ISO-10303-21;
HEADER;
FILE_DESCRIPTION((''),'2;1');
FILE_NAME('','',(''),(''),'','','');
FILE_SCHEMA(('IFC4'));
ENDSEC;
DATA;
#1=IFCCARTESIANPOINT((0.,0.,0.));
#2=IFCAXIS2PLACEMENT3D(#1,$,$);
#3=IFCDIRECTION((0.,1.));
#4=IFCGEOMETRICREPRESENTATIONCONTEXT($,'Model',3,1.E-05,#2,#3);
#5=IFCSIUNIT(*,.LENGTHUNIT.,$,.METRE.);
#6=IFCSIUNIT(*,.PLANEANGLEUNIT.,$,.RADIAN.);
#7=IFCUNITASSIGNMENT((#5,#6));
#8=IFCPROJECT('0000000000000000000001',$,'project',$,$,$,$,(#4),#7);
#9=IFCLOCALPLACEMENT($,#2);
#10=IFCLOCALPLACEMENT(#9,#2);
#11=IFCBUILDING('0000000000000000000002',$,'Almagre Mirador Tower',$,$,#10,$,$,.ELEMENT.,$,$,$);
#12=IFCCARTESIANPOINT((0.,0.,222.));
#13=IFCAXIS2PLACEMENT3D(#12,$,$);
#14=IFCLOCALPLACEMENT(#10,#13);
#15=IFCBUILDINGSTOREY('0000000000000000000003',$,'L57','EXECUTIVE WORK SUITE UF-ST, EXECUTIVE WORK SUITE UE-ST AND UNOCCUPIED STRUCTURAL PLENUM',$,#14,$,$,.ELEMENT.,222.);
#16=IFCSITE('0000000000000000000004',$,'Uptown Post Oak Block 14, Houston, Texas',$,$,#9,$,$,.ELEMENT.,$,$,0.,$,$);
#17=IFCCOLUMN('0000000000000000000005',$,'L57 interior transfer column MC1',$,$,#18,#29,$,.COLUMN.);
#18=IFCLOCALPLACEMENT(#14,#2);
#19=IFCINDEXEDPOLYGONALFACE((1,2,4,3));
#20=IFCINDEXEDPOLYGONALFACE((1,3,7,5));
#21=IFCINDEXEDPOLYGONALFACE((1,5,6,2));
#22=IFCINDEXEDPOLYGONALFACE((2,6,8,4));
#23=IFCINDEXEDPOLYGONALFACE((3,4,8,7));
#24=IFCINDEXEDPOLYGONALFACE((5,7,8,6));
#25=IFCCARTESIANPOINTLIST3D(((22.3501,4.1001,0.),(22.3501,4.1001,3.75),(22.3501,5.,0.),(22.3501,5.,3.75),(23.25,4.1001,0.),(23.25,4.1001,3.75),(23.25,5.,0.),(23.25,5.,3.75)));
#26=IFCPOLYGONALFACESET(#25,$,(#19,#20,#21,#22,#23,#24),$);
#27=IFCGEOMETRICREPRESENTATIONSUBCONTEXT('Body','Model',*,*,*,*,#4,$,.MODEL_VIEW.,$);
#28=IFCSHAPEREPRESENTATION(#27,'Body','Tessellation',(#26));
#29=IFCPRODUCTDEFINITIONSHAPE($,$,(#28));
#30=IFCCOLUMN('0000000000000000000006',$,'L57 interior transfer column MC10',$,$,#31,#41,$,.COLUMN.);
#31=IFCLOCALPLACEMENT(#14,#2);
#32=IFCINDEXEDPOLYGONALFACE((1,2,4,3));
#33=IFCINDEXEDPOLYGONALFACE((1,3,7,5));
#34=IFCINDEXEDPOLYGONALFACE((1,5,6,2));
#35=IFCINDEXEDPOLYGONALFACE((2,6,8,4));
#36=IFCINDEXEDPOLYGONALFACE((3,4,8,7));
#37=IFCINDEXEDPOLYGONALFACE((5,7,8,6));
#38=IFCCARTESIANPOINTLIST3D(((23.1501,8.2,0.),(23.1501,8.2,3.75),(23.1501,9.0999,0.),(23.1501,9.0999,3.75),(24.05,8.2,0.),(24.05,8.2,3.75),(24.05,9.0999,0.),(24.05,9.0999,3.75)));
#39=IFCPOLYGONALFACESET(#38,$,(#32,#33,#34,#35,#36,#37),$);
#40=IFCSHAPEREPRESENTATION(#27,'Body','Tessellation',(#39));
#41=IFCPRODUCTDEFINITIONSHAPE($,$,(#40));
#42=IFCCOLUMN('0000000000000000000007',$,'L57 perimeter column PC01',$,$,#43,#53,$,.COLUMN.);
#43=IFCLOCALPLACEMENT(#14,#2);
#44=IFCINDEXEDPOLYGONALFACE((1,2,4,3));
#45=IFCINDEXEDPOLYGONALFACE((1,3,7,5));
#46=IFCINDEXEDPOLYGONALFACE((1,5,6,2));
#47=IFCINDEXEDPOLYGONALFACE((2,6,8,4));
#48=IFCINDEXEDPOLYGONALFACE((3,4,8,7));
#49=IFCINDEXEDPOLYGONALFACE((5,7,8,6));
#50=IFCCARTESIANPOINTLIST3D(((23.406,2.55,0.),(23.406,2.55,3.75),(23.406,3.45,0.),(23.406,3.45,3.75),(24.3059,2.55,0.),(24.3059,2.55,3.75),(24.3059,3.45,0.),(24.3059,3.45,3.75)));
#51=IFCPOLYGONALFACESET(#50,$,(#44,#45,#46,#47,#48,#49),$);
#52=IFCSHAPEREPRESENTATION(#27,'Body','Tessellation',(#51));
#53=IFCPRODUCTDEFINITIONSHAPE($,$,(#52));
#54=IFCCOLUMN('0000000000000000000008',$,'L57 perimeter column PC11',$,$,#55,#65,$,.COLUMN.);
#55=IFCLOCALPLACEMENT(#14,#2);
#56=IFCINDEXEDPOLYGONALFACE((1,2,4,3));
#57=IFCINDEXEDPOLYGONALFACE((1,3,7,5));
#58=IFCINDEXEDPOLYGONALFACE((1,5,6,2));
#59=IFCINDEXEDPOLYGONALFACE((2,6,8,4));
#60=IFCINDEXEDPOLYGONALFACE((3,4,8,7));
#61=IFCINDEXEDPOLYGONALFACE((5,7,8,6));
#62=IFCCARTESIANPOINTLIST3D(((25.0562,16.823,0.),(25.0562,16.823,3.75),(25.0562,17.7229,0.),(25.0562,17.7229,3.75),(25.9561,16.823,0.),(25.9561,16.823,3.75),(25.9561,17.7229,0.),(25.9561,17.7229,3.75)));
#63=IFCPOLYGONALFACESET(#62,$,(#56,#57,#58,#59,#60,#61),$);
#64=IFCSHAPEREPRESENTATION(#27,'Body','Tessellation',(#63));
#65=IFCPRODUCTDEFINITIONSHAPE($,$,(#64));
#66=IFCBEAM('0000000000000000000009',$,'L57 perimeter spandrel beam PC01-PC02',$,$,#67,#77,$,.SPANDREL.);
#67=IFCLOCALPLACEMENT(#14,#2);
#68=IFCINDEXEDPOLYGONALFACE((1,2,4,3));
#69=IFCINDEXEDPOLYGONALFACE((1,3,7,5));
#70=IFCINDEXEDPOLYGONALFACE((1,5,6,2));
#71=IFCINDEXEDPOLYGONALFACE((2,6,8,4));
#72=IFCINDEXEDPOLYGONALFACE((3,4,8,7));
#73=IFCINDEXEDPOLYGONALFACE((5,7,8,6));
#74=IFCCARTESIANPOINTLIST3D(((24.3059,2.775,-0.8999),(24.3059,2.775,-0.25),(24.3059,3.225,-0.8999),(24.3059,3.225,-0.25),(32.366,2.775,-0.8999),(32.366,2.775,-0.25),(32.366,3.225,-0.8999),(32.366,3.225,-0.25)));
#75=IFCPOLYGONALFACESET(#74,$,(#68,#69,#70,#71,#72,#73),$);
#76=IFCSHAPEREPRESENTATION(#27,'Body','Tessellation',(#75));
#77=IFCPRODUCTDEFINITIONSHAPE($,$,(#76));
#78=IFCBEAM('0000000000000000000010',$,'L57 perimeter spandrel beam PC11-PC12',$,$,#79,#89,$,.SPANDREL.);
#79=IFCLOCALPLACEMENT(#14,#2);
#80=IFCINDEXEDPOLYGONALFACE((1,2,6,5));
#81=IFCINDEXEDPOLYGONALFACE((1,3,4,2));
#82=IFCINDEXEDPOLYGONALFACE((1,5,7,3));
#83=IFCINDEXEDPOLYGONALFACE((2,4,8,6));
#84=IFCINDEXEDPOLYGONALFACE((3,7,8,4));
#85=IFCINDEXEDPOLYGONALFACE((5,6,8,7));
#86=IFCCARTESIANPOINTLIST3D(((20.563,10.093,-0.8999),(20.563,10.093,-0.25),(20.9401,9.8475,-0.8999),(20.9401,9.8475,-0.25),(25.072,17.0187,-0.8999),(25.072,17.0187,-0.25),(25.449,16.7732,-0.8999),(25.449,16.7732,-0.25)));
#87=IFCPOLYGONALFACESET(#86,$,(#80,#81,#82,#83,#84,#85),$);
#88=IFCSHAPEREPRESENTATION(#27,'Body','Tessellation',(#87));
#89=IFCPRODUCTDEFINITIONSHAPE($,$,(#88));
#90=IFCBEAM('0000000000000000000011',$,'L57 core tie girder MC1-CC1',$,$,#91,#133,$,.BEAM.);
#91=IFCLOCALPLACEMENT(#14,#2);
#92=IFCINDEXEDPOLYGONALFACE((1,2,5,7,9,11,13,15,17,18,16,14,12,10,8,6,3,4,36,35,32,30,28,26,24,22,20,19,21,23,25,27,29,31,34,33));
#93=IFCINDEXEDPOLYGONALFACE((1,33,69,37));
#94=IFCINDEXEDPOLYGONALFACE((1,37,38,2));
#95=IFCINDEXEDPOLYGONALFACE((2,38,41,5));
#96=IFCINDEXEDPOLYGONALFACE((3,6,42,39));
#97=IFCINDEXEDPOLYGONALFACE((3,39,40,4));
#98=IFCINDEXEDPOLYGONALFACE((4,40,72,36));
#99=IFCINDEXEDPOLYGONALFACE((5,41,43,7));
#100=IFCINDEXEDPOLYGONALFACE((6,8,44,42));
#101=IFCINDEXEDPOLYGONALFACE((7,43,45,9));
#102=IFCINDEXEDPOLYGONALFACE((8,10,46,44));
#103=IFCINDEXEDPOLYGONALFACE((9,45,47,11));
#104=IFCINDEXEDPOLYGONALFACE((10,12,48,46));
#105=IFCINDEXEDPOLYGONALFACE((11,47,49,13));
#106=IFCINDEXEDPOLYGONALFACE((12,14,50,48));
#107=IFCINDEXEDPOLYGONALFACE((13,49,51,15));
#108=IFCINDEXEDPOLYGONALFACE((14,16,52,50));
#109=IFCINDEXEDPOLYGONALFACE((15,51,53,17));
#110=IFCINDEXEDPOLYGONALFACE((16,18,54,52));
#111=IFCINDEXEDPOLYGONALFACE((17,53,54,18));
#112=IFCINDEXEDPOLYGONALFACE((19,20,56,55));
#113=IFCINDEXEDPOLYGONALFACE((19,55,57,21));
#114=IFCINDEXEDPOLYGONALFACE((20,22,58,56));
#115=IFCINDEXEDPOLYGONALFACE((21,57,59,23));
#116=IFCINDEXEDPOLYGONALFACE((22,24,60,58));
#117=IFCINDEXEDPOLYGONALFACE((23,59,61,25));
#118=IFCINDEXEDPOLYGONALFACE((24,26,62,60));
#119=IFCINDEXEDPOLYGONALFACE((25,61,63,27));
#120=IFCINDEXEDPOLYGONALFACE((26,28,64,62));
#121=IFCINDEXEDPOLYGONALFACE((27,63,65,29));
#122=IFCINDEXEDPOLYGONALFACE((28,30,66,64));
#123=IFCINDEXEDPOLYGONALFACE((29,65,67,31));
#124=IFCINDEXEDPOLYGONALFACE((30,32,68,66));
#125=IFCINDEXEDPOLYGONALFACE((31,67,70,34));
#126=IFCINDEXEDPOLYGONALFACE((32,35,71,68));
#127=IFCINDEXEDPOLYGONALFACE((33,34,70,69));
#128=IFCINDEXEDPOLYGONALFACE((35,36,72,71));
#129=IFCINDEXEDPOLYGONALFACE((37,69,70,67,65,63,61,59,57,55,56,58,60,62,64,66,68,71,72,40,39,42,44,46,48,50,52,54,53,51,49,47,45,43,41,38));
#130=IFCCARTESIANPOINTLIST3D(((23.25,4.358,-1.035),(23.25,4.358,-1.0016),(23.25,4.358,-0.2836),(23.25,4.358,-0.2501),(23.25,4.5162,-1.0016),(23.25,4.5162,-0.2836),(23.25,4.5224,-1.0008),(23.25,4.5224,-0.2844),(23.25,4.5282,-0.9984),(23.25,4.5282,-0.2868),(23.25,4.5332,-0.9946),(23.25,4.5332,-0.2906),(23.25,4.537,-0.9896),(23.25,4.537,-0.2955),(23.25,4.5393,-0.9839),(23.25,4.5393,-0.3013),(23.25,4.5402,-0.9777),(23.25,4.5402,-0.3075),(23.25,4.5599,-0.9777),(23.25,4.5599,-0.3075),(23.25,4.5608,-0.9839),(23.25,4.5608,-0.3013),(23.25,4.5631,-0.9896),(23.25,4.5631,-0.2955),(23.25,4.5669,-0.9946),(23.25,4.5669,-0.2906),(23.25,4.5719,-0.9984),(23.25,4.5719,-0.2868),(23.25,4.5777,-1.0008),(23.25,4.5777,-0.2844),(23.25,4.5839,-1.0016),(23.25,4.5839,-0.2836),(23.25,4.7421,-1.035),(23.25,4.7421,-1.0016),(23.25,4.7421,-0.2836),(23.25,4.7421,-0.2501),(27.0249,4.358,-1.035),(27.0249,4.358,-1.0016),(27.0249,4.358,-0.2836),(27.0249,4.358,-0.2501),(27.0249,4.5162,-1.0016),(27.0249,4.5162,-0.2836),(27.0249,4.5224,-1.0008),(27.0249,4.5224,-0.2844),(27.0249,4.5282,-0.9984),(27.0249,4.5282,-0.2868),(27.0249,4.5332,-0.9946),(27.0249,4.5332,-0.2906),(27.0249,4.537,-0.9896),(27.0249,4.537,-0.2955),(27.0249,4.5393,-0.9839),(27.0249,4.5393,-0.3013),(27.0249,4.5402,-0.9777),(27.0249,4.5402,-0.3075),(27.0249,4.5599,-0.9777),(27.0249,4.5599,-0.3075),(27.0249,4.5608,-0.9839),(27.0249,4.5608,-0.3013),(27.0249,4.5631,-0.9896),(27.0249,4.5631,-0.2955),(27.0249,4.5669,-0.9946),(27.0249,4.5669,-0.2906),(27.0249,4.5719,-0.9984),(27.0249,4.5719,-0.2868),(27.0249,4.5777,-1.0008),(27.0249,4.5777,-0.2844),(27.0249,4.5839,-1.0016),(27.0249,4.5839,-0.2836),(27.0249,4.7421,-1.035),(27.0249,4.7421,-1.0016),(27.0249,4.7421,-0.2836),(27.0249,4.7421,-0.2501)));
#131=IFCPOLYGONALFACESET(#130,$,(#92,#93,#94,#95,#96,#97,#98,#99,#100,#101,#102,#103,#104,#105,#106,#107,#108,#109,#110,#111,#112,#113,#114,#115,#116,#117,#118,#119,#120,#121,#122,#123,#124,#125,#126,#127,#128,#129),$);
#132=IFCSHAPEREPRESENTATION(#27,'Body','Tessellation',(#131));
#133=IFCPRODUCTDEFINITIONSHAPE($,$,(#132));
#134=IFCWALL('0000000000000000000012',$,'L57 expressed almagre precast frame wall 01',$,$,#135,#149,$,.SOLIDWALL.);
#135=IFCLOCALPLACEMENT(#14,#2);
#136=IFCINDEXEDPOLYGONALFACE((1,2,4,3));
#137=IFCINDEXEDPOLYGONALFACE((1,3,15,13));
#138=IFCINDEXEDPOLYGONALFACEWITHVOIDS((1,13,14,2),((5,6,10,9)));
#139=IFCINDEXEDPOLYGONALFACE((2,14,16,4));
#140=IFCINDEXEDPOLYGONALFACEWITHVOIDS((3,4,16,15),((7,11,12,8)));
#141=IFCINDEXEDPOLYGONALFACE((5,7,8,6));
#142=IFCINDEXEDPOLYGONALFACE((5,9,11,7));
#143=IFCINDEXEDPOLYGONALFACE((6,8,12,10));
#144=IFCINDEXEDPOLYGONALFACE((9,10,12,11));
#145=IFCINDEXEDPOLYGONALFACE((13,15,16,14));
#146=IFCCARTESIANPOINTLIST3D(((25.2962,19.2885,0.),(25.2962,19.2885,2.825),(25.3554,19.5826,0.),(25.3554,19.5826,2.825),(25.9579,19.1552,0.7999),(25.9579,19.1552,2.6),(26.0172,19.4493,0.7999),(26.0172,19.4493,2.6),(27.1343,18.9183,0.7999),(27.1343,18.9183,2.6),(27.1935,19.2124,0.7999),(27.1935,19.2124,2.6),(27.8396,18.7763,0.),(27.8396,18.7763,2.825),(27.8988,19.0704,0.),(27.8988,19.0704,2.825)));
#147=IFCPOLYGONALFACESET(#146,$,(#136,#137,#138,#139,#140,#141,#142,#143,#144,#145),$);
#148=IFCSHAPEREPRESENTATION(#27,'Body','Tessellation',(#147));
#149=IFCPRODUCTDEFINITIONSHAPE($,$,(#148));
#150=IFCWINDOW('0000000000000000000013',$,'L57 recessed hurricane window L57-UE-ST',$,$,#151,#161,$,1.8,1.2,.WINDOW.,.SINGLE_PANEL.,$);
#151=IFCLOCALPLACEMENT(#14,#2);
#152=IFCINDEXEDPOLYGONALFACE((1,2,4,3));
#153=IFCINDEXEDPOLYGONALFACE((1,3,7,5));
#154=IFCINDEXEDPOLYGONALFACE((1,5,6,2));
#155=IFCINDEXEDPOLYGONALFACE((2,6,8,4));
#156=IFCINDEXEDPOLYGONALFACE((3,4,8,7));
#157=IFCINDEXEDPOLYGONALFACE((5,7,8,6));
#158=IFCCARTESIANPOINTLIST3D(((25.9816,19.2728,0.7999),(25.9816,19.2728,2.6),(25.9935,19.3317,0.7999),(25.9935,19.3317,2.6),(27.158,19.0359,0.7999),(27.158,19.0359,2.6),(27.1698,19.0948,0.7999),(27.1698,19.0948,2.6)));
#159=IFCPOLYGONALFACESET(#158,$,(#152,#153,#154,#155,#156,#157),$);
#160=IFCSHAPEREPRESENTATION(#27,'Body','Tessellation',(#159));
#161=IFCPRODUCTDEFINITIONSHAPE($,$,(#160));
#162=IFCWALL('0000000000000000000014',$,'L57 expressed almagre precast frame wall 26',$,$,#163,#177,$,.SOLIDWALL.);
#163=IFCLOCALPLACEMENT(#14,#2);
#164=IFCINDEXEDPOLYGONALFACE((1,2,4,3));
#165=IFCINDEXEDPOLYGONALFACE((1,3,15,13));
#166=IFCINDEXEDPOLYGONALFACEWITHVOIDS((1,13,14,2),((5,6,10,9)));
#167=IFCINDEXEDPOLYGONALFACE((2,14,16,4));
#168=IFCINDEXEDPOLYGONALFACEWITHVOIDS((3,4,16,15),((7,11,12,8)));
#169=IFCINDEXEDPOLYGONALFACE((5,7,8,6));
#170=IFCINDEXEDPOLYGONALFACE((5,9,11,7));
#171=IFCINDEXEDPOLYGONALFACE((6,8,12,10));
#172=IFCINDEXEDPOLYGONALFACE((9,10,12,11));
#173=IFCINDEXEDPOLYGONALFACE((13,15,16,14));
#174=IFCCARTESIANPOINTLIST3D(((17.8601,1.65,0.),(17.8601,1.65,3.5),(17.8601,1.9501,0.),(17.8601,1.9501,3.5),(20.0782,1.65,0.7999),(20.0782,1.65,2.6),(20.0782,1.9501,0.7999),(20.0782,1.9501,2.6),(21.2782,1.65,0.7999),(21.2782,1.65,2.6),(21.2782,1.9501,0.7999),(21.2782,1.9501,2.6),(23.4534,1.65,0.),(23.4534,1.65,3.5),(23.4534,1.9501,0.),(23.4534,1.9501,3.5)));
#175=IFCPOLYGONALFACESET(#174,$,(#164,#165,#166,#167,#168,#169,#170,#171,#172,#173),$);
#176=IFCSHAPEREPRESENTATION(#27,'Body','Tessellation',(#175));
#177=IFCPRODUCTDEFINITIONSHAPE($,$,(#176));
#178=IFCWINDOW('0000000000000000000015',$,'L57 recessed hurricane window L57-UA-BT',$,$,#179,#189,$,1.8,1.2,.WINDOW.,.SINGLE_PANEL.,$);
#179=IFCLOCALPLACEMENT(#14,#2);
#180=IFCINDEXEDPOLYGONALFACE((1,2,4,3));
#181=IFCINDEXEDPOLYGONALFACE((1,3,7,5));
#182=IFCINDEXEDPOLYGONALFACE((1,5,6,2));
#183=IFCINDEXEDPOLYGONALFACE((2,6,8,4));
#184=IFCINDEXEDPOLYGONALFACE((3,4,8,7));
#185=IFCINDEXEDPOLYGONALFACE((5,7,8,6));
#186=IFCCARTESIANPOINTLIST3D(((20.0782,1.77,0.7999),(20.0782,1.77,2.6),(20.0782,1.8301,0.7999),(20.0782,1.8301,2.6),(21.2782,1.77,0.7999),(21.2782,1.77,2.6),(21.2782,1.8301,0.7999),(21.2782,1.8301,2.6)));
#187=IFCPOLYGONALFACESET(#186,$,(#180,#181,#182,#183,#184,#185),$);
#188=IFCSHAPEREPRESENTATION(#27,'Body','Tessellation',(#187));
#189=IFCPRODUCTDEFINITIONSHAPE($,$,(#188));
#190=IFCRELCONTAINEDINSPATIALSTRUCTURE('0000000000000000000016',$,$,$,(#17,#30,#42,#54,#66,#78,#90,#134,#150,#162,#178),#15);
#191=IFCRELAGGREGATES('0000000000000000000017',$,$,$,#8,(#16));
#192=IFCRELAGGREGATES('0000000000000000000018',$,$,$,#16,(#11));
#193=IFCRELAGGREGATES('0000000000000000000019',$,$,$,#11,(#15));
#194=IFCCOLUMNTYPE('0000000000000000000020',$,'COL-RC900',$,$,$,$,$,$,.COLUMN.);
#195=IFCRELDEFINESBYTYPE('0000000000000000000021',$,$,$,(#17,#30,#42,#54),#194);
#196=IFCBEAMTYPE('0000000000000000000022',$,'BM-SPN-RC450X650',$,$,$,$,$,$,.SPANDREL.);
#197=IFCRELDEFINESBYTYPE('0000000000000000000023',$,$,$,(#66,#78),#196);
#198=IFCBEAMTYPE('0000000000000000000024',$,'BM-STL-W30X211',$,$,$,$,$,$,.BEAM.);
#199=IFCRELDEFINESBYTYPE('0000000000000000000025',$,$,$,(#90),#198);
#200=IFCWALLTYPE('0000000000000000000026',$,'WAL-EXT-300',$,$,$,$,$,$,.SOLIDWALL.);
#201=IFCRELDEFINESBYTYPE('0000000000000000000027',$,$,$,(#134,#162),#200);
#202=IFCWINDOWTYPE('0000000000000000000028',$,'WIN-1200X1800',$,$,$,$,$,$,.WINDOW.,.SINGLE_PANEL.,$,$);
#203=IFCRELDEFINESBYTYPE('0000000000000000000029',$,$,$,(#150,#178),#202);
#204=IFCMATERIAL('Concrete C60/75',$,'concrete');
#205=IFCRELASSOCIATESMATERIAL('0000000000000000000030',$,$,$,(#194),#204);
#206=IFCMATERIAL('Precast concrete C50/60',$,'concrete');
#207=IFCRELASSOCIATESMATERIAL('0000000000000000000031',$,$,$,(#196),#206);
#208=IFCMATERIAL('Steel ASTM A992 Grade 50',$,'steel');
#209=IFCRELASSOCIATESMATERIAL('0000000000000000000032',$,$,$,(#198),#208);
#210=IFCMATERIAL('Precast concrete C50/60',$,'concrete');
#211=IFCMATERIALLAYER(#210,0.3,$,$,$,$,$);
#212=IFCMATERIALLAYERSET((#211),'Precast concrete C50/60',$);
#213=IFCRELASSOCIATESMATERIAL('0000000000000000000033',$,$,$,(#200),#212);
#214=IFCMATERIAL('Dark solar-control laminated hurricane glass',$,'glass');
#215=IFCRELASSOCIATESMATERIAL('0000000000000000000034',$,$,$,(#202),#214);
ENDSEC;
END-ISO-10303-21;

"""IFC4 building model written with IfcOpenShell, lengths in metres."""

from ifc_helpers import new_model, si_unit, direction, frame, frame_2d, origin, origin_2d, place, context, subcontext, project, spatial, rectangle, i_section, extrude, material, layer, layer_set, material_profile, profile_set, type_object, element, fill, save


model = new_model("IFC4")

# Units and contexts
model_context = context("Model", 3, precision=1e-05, world=origin(), true_north=direction((0.0, 1.0)))
body_context = subcontext(model_context, "Body", "Model", "MODEL_VIEW")
ifc_project = project(units=[si_unit("LENGTHUNIT", "METRE"), si_unit("PLANEANGLEUNIT", "RADIAN")], contexts=[model_context])

# Site, building, storey
site_placement = place(None, origin())
site = spatial("IfcSite", under=ifc_project, at=site_placement, Name="Uptown Post Oak Block 14, Houston, Texas", CompositionType="ELEMENT", RefElevation=0.0)
building_placement = place(site_placement, origin())
building = spatial("IfcBuilding", under=site, at=building_placement, Name="Almagre Mirador Tower", CompositionType="ELEMENT")
storey_placement = place(building_placement, frame((0.0, 0.0, 222.0)))
storey = spatial("IfcBuildingStorey", under=building, at=storey_placement, Name="L57", Description="EXECUTIVE WORK SUITE UF-ST, EXECUTIVE WORK SUITE UE-ST AND UNOCCUPIED STRUCTURAL PLENUM", CompositionType="ELEMENT", Elevation=222.0)

# Columns
ifc_material_1 = material(Name="Concrete C60/75", Category="concrete")
ifc_material_profile_1 = material_profile(ifc_material_1, rectangle(XDim=0.8999, YDim=0.8999, at=origin_2d()), Name="RC900X900")
ifc_profile_set_1 = profile_set([ifc_material_profile_1], Name="Concrete C60/75")
column_type = type_object("IfcColumnType", Name="COL-RC900", PredefinedType="COLUMN", material=ifc_profile_set_1)
for number, where, z_axis, x_axis, name in (
    (1, (22.8, 4.55, 0.0), (0.0, 0.0, 1.0), (1.0, 0.0, 0.0), "L57 interior transfer column MC1"),
    (2, (23.6001, 8.6499, 0.0), (0.0, 0.0, 1.0), (1.0, 0.0, 0.0), "L57 interior transfer column MC10"),
    (3, (23.856, 3.0, 0.0), (0.0, 0.0, 1.0), (1.0, 0.0, 0.0), "L57 perimeter column PC01"),
    (4, (25.5061, 17.2729, 0.0), (0.0, 0.0, 1.0), (1.0, 0.0, 0.0), "L57 perimeter column PC11"),
):
    element("IfcColumn", number, at=place(storey_placement, frame(where, z_axis=z_axis, x_axis=x_axis)), inside=storey, type_object=column_type, Name=name, PredefinedType="COLUMN", context=body_context, shape_type="SweptSolid", body=[
        extrude(rectangle(XDim=0.8999, YDim=0.8999, at=origin_2d()), origin(), (0.0, 0.0, 1.0), 3.75),
    ])

# Beams
ifc_material_2 = material(Name="Precast concrete C50/60", Category="concrete")
ifc_material_profile_2 = material_profile(ifc_material_2, rectangle(XDim=0.45, YDim=0.6499, at=origin_2d()), Name="RC450X650")
ifc_profile_set_2 = profile_set([ifc_material_profile_2], Name="Precast concrete C50/60")
beam_type_1 = type_object("IfcBeamType", Name="BM-SPN-RC450X650", PredefinedType="SPANDREL", material=ifc_profile_set_2)
beam_1_placement = place(storey_placement, frame((24.3059, 3.0, -0.575), z_axis=(1.0, 0.0, 0.0), x_axis=(0.0, 1.0, 0.0)))
element("IfcBeam", 5, at=beam_1_placement, inside=storey, type_object=beam_type_1, Name="L57 perimeter spandrel beam PC01-PC02", PredefinedType="SPANDREL", context=body_context, shape_type="SweptSolid", body=[
    extrude(rectangle(XDim=0.45, YDim=0.6499, at=origin_2d()), origin(), (0.0, 0.0, 1.0), 8.0601),
])
beam_2_placement = place(storey_placement, frame((25.2605, 16.896, -0.575), z_axis=(-0.545607, -0.838041, 0.0), x_axis=(0.838041, -0.545607, 0.0)))
element("IfcBeam", 6, at=beam_2_placement, inside=storey, type_object=beam_type_1, Name="L57 perimeter spandrel beam PC11-PC12", PredefinedType="SPANDREL", context=body_context, shape_type="SweptSolid", body=[
    extrude(rectangle(XDim=0.45, YDim=0.6499, at=origin_2d()), origin(), (0.0, 0.0, 1.0), 8.2642),
])
ifc_material_3 = material(Name="Steel ASTM A992 Grade 50", Category="steel")
ifc_material_profile_3 = material_profile(ifc_material_3, i_section(OverallWidth=0.384, OverallDepth=0.7849, WebThickness=0.0198, FlangeThickness=0.0334, FilletRadius=0.0239, at=origin_2d()), Name="W30X211")
ifc_profile_set_3 = profile_set([ifc_material_profile_3], Name="Steel ASTM A992 Grade 50")
beam_type_2 = type_object("IfcBeamType", Name="BM-STL-W30X211", PredefinedType="BEAM", material=ifc_profile_set_3)
beam_3_placement = place(storey_placement, frame((23.25, 4.55, -0.6426), z_axis=(1.0, 0.0, 0.0), x_axis=(0.0, 1.0, 0.0)))
element("IfcBeam", 7, at=beam_3_placement, inside=storey, type_object=beam_type_2, Name="L57 core tie girder MC1-CC1", PredefinedType="BEAM", context=body_context, shape_type="SweptSolid", body=[
    extrude(i_section(OverallWidth=0.384, OverallDepth=0.7849, WebThickness=0.0198, FlangeThickness=0.0334, FilletRadius=0.0239, at=origin_2d()), origin(), (0.0, 0.0, 1.0), 3.7749),
])

# Walls, openings, windows
ifc_material_4 = material(Name="Precast concrete C50/60", Category="concrete")
ifc_layer_1 = layer(ifc_material_4, 0.3)
ifc_layer_set_1 = layer_set([ifc_layer_1], Name="Precast concrete C50/60")
wall_type_1 = type_object("IfcWallType", Name="WAL-EXT-300", PredefinedType="SOLIDWALL", material=ifc_layer_set_1)
wall_1_placement = place(storey_placement, frame((25.3257, 19.4355, 0.0), z_axis=(0.0, 0.0, 1.0), x_axis=(0.980319, -0.197419, 0.0)))
wall_1 = element("IfcWall", 8, at=wall_1_placement, inside=storey, type_object=wall_type_1, Name="L57 expressed almagre precast frame wall 01", PredefinedType="SOLIDWALL", context=body_context, shape_type="SweptSolid", body=[
    extrude(rectangle(XDim=2.5945, YDim=0.3, at=frame_2d((1.2974, 0.0))), origin(), (0.0, 0.0, 1.0), 2.825),
])
opening_1_placement = place(wall_1_placement, frame((0.675, 0.0, 0.8)))
opening_1 = element("IfcOpeningElement", 9, at=opening_1_placement, cuts=wall_1, PredefinedType="OPENING", context=body_context, shape_type="SweptSolid", body=[
    extrude(rectangle(XDim=1.2, YDim=1.8, at=frame_2d((0.6001, 0.8999))), frame((0.0, 0.1599, 0.0), z_axis=(0.0, -1.0, 0.0), x_axis=(1.0, 0.0, 0.0)), (0.0, 0.0, 1.0), 0.32),
])
ifc_material_5 = material(Name="Dark solar-control laminated hurricane glass", Category="glass")
window_type = type_object("IfcWindowType", Name="WIN-1200X1800", PartitioningType="SINGLE_PANEL", PredefinedType="WINDOW", material=ifc_material_5)
window_1_placement = place(opening_1_placement, origin())
window_1 = element("IfcWindow", 10, at=window_1_placement, inside=storey, type_object=window_type, Name="L57 recessed hurricane window L57-UE-ST", OverallHeight=1.8, OverallWidth=1.2, PartitioningType="SINGLE_PANEL", PredefinedType="WINDOW", context=body_context, shape_type="SweptSolid", body=[
    extrude(rectangle(XDim=1.2, YDim=1.8, at=frame_2d((0.6001, 0.8999))), frame((0.0, 0.03, 0.0), z_axis=(0.0, -1.0, 0.0), x_axis=(1.0, 0.0, 0.0)), (0.0, 0.0, 1.0), 0.0601),
])
fill(opening_1, window_1)
wall_2_placement = place(storey_placement, frame((23.4534, 1.8, 0.0), z_axis=(0.0, 0.0, 1.0), x_axis=(-1.0, 0.0, 0.0)))
wall_2 = element("IfcWall", 11, at=wall_2_placement, inside=storey, type_object=wall_type_1, Name="L57 expressed almagre precast frame wall 26", PredefinedType="SOLIDWALL", context=body_context, shape_type="SweptSolid", body=[
    extrude(rectangle(XDim=5.5933, YDim=0.3, at=frame_2d((2.7966, 0.0))), origin(), (0.0, 0.0, 1.0), 3.5),
])
opening_2_placement = place(wall_2_placement, frame((2.175, 0.0, 0.8)))
opening_2 = element("IfcOpeningElement", 12, at=opening_2_placement, cuts=wall_2, PredefinedType="OPENING", context=body_context, shape_type="SweptSolid", body=[
    extrude(rectangle(XDim=1.2, YDim=1.8, at=frame_2d((0.6001, 0.8999))), frame((0.0, 0.1599, 0.0), z_axis=(0.0, -1.0, 0.0), x_axis=(1.0, 0.0, 0.0)), (0.0, 0.0, 1.0), 0.32),
])
window_2_placement = place(opening_2_placement, origin())
window_2 = element("IfcWindow", 13, at=window_2_placement, inside=storey, type_object=window_type, Name="L57 recessed hurricane window L57-UA-BT", OverallHeight=1.8, OverallWidth=1.2, PartitioningType="SINGLE_PANEL", PredefinedType="WINDOW", context=body_context, shape_type="SweptSolid", body=[
    extrude(rectangle(XDim=1.2, YDim=1.8, at=frame_2d((0.6001, 0.8999))), frame((0.0, 0.03, 0.0), z_axis=(0.0, -1.0, 0.0), x_axis=(1.0, 0.0, 0.0)), (0.0, 0.0, 1.0), 0.0601),
])
fill(opening_2, window_2)

save(model, "model.ifc")
